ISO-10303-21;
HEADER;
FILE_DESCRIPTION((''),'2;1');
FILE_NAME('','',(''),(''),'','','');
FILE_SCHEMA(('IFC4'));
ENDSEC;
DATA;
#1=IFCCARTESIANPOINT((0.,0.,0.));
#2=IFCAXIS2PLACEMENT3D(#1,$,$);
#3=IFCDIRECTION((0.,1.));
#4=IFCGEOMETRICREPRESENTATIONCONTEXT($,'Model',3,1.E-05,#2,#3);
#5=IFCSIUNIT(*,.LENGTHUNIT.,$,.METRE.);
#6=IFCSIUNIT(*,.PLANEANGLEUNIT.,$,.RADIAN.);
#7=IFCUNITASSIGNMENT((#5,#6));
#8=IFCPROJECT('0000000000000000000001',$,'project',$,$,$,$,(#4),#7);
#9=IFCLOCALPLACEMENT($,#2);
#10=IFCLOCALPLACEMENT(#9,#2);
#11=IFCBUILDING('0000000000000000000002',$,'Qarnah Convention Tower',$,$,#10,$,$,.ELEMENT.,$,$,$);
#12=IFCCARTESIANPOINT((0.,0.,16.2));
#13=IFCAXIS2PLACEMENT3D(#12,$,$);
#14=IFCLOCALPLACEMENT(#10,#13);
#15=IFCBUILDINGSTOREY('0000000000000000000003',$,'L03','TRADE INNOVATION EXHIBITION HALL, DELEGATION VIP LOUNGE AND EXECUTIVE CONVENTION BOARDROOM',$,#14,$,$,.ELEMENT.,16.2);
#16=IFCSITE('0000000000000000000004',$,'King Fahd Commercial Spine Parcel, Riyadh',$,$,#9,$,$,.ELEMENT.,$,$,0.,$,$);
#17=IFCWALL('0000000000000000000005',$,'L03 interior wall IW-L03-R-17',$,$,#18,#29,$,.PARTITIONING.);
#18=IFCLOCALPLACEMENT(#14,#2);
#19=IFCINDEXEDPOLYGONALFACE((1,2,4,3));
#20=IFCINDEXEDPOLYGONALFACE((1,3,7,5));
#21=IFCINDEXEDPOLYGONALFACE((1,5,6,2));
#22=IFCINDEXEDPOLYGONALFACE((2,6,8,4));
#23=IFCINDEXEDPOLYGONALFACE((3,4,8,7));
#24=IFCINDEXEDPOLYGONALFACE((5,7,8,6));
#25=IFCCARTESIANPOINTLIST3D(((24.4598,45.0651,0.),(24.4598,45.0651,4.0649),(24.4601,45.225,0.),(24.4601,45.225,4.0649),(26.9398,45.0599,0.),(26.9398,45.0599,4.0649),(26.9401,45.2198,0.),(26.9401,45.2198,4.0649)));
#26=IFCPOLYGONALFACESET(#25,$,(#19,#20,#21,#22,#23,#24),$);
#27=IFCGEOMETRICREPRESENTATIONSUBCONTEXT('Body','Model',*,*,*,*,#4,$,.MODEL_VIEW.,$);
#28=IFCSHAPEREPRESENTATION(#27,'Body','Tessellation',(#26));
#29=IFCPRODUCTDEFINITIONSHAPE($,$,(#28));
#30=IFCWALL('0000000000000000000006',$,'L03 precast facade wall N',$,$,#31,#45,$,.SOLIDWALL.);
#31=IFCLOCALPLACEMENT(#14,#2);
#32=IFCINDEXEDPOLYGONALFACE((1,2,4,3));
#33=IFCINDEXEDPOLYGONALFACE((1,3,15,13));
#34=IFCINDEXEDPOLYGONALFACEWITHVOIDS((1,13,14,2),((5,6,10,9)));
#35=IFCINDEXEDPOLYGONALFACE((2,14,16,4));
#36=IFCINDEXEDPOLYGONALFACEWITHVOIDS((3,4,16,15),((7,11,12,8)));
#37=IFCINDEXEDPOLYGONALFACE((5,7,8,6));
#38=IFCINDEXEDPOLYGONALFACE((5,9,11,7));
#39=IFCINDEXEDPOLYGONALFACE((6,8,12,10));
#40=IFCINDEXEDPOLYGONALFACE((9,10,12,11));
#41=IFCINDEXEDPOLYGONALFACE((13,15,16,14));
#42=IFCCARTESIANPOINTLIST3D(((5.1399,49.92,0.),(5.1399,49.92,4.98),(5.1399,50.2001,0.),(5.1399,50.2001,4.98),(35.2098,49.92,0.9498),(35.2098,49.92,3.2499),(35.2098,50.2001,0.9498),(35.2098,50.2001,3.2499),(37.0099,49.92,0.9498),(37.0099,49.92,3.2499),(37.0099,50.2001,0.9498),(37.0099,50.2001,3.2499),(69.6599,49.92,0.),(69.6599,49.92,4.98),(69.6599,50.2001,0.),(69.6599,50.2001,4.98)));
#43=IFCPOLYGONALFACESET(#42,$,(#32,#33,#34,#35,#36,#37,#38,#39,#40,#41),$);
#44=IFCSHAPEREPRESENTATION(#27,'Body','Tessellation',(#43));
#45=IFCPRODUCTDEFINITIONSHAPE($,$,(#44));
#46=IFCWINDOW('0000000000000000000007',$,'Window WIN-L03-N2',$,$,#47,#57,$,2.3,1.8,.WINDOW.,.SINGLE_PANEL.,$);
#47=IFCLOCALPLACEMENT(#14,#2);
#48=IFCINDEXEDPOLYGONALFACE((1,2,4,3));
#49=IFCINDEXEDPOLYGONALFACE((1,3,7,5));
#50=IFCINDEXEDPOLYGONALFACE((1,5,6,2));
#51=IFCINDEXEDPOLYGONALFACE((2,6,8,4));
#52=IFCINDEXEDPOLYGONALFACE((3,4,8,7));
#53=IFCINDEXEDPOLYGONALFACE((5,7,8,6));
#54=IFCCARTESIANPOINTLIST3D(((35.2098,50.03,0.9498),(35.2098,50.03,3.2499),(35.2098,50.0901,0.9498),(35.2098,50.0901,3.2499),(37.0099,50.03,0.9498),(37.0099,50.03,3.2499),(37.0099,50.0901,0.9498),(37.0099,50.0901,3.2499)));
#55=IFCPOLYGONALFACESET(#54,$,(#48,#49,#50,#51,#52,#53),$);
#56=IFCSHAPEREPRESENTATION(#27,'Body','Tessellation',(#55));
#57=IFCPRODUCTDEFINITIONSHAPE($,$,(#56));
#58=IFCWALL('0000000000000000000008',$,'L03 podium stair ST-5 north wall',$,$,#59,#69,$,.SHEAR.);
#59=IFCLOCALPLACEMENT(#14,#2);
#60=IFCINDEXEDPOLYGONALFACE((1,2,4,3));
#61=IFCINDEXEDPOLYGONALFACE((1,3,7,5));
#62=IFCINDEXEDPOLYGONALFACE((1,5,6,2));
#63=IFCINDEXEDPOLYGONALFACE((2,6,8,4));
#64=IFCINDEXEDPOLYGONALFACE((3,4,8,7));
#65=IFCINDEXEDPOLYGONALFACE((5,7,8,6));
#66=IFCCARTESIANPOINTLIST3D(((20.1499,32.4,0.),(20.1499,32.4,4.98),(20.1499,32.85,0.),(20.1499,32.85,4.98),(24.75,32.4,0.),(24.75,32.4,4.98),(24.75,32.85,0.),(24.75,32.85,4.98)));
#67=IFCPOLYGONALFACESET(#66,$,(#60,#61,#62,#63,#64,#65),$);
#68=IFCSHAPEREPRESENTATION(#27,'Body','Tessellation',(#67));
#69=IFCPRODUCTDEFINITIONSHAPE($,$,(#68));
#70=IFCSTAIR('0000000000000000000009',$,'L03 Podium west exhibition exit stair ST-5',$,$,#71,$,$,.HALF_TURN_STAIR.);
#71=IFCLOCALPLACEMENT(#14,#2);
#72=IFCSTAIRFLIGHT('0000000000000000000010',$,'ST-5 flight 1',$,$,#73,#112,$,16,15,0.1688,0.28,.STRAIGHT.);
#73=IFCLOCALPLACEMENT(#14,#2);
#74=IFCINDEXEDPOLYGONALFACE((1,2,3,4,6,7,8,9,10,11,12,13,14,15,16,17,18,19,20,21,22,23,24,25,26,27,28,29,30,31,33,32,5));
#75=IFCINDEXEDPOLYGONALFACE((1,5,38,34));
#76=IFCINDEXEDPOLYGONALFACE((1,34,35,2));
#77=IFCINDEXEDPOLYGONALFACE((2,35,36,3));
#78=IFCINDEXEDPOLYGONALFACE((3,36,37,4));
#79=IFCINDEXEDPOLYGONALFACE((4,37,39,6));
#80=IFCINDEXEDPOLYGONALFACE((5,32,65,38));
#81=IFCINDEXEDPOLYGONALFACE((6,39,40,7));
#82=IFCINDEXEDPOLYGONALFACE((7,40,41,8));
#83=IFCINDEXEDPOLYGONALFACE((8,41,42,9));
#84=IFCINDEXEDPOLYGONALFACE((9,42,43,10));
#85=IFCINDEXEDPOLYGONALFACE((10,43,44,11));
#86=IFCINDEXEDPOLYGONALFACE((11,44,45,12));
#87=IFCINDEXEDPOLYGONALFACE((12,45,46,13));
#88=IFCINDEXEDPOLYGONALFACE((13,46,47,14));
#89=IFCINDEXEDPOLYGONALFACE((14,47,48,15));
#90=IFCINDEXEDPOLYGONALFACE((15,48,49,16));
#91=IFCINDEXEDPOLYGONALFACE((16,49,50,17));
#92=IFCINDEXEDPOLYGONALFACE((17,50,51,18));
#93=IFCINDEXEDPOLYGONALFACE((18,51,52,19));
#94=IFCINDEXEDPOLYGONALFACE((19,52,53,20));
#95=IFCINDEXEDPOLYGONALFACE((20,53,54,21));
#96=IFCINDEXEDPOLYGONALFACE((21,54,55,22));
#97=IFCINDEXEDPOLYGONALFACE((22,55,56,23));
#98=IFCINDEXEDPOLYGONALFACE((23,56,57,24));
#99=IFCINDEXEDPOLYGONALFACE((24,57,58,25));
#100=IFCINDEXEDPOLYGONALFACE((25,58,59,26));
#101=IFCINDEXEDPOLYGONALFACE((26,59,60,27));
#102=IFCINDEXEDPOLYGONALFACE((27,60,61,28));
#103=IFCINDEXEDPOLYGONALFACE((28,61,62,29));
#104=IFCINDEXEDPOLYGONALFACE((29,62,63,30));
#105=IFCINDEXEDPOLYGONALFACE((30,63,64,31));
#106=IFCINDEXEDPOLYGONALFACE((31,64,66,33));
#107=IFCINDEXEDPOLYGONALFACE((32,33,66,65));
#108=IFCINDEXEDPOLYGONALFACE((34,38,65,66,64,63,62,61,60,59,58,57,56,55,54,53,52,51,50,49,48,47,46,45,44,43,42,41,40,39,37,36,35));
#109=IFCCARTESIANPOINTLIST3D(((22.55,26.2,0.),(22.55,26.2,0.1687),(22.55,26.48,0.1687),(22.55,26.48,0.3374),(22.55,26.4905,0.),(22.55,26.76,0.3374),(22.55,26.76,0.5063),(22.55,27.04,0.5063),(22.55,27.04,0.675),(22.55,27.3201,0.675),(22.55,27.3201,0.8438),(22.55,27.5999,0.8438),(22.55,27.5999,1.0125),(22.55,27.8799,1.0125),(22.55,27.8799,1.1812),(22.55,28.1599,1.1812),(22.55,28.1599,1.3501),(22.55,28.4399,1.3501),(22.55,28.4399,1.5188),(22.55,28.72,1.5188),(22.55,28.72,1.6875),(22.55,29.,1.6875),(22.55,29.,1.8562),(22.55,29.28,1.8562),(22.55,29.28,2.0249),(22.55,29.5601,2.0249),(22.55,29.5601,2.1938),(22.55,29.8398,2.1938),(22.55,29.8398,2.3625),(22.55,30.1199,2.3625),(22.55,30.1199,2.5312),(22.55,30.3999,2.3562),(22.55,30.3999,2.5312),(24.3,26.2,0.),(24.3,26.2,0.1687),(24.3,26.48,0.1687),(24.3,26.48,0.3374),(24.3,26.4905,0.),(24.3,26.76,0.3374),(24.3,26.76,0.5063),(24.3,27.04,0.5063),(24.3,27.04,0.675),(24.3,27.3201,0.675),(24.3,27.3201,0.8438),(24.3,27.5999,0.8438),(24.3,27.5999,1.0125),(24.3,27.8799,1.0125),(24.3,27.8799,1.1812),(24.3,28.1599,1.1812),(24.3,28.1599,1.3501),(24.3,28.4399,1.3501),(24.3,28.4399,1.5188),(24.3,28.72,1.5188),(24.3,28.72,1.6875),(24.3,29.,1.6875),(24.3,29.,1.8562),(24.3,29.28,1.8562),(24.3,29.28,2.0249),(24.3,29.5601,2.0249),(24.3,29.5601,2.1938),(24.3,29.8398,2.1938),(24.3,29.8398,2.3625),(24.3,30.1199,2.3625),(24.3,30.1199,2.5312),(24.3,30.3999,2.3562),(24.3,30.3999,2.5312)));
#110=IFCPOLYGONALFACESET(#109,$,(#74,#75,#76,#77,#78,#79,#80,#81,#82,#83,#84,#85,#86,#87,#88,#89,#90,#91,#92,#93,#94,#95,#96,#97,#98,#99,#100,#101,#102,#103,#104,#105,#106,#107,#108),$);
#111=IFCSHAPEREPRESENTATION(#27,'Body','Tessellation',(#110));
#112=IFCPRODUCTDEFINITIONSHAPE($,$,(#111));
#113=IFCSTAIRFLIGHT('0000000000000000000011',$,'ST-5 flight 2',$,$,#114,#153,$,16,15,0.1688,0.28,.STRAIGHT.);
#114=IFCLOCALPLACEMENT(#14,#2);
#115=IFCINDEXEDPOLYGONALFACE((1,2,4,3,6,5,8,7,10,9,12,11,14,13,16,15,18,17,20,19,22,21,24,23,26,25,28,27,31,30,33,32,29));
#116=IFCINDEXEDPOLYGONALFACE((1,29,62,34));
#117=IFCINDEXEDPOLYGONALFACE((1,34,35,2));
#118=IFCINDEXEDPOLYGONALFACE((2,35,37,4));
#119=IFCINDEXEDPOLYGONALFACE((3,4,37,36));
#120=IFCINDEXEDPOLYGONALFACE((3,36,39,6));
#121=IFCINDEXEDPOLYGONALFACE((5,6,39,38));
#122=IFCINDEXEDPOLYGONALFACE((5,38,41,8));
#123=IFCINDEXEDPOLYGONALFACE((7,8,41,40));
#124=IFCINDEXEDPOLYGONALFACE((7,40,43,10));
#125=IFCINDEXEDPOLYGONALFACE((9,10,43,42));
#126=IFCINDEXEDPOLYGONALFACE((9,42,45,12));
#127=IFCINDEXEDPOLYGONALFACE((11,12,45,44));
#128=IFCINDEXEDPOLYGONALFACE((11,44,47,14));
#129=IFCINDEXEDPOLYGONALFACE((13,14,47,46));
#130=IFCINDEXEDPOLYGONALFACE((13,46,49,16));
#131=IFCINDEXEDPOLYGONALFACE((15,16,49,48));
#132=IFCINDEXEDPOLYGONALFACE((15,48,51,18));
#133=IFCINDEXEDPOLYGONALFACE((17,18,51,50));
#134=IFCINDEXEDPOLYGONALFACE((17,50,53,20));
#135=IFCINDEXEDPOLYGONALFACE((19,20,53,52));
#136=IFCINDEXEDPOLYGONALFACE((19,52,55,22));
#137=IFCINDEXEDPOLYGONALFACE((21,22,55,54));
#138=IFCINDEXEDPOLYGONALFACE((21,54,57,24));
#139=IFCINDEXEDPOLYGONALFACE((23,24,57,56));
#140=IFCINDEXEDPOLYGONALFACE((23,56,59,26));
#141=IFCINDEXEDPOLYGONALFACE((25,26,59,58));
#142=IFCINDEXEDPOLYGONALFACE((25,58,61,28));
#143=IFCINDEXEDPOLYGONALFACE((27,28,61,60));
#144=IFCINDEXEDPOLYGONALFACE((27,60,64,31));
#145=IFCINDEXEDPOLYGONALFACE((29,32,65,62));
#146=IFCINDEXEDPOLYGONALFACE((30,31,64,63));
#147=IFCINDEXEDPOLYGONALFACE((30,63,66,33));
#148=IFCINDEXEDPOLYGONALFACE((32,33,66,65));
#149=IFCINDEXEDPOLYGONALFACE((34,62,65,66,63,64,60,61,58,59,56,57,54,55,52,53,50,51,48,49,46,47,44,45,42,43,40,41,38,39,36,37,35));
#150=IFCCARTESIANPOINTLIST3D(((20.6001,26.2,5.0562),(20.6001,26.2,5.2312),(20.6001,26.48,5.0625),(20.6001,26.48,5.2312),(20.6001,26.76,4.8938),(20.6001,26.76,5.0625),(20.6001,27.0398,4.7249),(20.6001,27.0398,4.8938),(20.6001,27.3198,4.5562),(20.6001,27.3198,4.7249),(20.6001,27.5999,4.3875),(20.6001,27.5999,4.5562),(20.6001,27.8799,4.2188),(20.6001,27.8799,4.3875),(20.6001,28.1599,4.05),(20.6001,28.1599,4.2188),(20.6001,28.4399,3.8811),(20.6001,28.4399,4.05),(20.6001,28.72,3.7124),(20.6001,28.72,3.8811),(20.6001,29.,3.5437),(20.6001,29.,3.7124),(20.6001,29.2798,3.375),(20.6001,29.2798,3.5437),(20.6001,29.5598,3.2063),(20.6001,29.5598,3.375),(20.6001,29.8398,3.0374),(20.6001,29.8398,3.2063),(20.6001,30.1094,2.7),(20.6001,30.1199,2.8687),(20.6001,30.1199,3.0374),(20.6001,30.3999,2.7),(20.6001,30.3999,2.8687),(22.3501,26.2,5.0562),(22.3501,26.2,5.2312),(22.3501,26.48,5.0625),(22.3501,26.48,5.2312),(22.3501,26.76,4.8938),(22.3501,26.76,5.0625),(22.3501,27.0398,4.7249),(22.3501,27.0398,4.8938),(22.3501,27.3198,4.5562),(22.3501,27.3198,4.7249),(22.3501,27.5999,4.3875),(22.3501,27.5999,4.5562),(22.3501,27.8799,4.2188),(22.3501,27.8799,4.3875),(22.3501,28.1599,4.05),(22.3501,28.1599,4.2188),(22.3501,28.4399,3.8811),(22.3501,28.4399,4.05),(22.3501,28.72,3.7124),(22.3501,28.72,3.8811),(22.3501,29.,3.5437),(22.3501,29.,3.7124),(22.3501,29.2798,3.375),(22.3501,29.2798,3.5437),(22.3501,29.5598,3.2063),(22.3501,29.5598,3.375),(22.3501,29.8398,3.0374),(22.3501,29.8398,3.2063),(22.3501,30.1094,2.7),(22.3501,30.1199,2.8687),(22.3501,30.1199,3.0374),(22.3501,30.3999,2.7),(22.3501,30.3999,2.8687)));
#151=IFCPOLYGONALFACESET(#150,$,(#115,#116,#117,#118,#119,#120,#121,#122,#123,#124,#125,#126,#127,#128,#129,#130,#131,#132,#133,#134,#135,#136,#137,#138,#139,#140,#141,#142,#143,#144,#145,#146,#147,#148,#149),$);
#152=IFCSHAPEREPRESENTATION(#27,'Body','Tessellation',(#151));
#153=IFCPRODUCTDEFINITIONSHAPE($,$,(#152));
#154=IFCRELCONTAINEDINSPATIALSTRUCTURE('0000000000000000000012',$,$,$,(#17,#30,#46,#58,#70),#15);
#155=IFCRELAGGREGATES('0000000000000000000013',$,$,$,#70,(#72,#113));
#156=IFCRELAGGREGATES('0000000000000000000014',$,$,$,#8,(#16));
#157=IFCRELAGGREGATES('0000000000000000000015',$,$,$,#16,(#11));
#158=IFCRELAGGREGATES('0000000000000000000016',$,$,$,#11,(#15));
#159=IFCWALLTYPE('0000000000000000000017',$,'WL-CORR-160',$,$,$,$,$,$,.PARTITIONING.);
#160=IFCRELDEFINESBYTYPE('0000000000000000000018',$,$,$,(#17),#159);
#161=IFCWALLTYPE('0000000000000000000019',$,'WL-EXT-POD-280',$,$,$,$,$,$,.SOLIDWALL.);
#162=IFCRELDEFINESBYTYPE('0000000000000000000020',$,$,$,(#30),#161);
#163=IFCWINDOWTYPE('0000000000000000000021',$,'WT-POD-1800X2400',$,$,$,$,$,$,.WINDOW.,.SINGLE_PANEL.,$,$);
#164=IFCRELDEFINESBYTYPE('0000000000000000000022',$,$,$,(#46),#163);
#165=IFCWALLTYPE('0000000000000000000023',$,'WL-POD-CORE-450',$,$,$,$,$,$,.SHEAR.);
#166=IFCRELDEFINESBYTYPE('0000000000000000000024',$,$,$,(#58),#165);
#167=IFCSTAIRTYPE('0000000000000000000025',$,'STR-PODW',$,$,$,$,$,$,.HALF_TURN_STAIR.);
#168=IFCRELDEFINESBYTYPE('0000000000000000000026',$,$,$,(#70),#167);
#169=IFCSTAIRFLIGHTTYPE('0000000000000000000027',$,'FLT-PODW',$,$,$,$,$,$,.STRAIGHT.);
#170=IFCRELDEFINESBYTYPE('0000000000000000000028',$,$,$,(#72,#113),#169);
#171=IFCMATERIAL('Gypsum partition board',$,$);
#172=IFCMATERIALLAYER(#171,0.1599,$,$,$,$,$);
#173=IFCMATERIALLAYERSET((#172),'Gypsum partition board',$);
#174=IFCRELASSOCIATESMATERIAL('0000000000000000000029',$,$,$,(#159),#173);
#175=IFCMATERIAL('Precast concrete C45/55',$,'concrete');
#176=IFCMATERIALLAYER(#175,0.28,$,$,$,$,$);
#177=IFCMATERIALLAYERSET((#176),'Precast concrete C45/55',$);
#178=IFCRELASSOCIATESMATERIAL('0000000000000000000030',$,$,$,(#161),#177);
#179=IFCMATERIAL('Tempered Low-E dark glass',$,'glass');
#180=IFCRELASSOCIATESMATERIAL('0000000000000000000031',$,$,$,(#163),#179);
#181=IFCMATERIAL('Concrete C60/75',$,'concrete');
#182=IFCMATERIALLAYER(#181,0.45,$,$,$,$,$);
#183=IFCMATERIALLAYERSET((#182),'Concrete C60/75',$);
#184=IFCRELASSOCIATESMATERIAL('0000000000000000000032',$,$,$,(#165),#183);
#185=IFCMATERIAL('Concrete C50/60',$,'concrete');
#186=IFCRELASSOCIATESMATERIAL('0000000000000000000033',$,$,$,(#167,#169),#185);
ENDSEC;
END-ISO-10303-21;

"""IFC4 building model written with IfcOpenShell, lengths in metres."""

from ifc_helpers import new_model, si_unit, direction, frame, frame_2d, origin, place, context, subcontext, project, spatial, polyline, rectangle, outline, extrude, material, layer, layer_set, type_object, element, fill, aggregate, save


model = new_model("IFC4")

# Units and contexts
model_context = context("Model", 3, precision=1e-05, world=origin(), true_north=direction((0.0, 1.0)))
body_context = subcontext(model_context, "Body", "Model", "MODEL_VIEW")
ifc_project = project(units=[si_unit("LENGTHUNIT", "METRE"), si_unit("PLANEANGLEUNIT", "RADIAN")], contexts=[model_context])

# Site, building, storey
site_placement = place(None, origin())
site = spatial("IfcSite", under=ifc_project, at=site_placement, Name="King Fahd Commercial Spine Parcel, Riyadh", CompositionType="ELEMENT", RefElevation=0.0)
building_placement = place(site_placement, origin())
building = spatial("IfcBuilding", under=site, at=building_placement, Name="Qarnah Convention Tower", CompositionType="ELEMENT")
storey_placement = place(building_placement, frame((0.0, 0.0, 16.2)))
storey = spatial("IfcBuildingStorey", under=building, at=storey_placement, Name="L03", Description="TRADE INNOVATION EXHIBITION HALL, DELEGATION VIP LOUNGE AND EXECUTIVE CONVENTION BOARDROOM", CompositionType="ELEMENT", Elevation=16.2)

# Shared definitions
ifc_material_1 = material(Name="Concrete C60/75", Category="concrete")
ifc_material_2 = material(Name="Precast concrete C45/55", Category="concrete")

# Shared definitions
ifc_material_3 = material(Name="Gypsum partition board")
ifc_layer_1 = layer(ifc_material_3, 0.1599)
ifc_layer_set_1 = layer_set([ifc_layer_1], Name="Gypsum partition board")
wall_type_1 = type_object("IfcWallType", Name="WL-CORR-160", PredefinedType="PARTITIONING", material=ifc_layer_set_1)

# Wall
wall_1_placement = place(storey_placement, frame((24.46, 45.145, 0.0), z_axis=(0.0, 0.0, 1.0), x_axis=(0.999998, -0.002067, 0.0)))
element("IfcWall", 1, at=wall_1_placement, inside=storey, type_object=wall_type_1, Name="L03 interior wall IW-L03-R-17", PredefinedType="PARTITIONING", context=body_context, shape_type="SweptSolid", body=[
    extrude(rectangle(XDim=2.48, YDim=0.1599, at=frame_2d((1.24, 0.0))), origin(), (0.0, 0.0, 1.0), 4.0649),
])

# Wall, opening, window
ifc_layer_2 = layer(ifc_material_2, 0.28)
ifc_layer_set_2 = layer_set([ifc_layer_2], Name="Precast concrete C45/55")
wall_type_2 = type_object("IfcWallType", Name="WL-EXT-POD-280", PredefinedType="SOLIDWALL", material=ifc_layer_set_2)
wall_2_placement = place(storey_placement, frame((5.1399, 50.0601, 0.0), z_axis=(0.0, 0.0, 1.0), x_axis=(1.0, 0.0, 0.0)))
wall_2 = element("IfcWall", 2, at=wall_2_placement, inside=storey, type_object=wall_type_2, Name="L03 precast facade wall N", PredefinedType="SOLIDWALL", context=body_context, shape_type="SweptSolid", body=[
    extrude(rectangle(XDim=64.52, YDim=0.28, at=frame_2d((32.26, 0.0))), origin(), (0.0, 0.0, 1.0), 4.98),
])
opening_1_placement = place(wall_2_placement, frame((30.0701, 0.0, 0.95)))
opening_1 = element("IfcOpeningElement", 3, at=opening_1_placement, cuts=wall_2, PredefinedType="OPENING", context=body_context, shape_type="SweptSolid", body=[
    extrude(rectangle(XDim=1.8, YDim=2.3, at=frame_2d((0.8999, 1.1499))), frame((0.0, 0.1499, 0.0), z_axis=(0.0, -1.0, 0.0), x_axis=(1.0, 0.0, 0.0)), (0.0, 0.0, 1.0), 0.3),
])
ifc_material_4 = material(Name="Tempered Low-E dark glass", Category="glass")
window_type = type_object("IfcWindowType", Name="WT-POD-1800X2400", PartitioningType="SINGLE_PANEL", PredefinedType="WINDOW", material=ifc_material_4)
window_placement = place(opening_1_placement, origin())
window = element("IfcWindow", 4, at=window_placement, inside=storey, type_object=window_type, Name="Window WIN-L03-N2", OverallHeight=2.3, OverallWidth=1.8, PartitioningType="SINGLE_PANEL", PredefinedType="WINDOW", context=body_context, shape_type="SweptSolid", body=[
    extrude(rectangle(XDim=1.8, YDim=2.3, at=frame_2d((0.8999, 1.1499))), frame((0.0, 0.03, 0.0), z_axis=(0.0, -1.0, 0.0), x_axis=(1.0, 0.0, 0.0)), (0.0, 0.0, 1.0), 0.0601),
])
fill(opening_1, window)

# Wall
ifc_layer_3 = layer(ifc_material_1, 0.45)
ifc_layer_set_3 = layer_set([ifc_layer_3], Name="Concrete C60/75")
wall_type_3 = type_object("IfcWallType", Name="WL-POD-CORE-450", PredefinedType="SHEAR", material=ifc_layer_set_3)
wall_3_placement = place(storey_placement, frame((20.1499, 32.625, 0.0), z_axis=(0.0, 0.0, 1.0), x_axis=(1.0, 0.0, 0.0)))
element("IfcWall", 5, at=wall_3_placement, inside=storey, type_object=wall_type_3, Name="L03 podium stair ST-5 north wall", PredefinedType="SHEAR", context=body_context, shape_type="SweptSolid", body=[
    extrude(rectangle(XDim=4.6001, YDim=0.45, at=frame_2d((2.3, 0.0))), origin(), (0.0, 0.0, 1.0), 4.98),
])

# Stair, stair flights
ifc_material_5 = material(Name="Concrete C50/60", Category="concrete")
stair_type = type_object("IfcStairType", Name="STR-PODW", PredefinedType="HALF_TURN_STAIR", material=ifc_material_5)
stair_placement = place(storey_placement, origin())
stair = element("IfcStair", 6, at=stair_placement, inside=storey, type_object=stair_type, Name="L03 Podium west exhibition exit stair ST-5", PredefinedType="HALF_TURN_STAIR")
stair_flight_type = type_object("IfcStairFlightType", Name="FLT-PODW", PredefinedType="STRAIGHT", material=ifc_material_5)
stair_flight_1_placement = place(storey_placement, frame((23.425, 26.2, 0.0), z_axis=(0.0, 0.0, 1.0), x_axis=(0.0, 1.0, 0.0)))
stair_flight_1 = element("IfcStairFlight", 7, at=stair_flight_1_placement, type_object=stair_flight_type, Name="ST-5 flight 1", NumberOfRisers=16, NumberOfTreads=15, PredefinedType="STRAIGHT", RiserHeight=0.1688, TreadLength=0.28, context=body_context, shape_type="SweptSolid", body=[
    extrude(outline(polyline([(0.0, 0.0), (0.0, 0.1687), (0.28, 0.1687), (0.28, 0.3374), (0.5601, 0.3374), (0.5601, 0.5063), (0.8401, 0.5063), (0.8401, 0.675), (1.1201, 0.675), (1.1201, 0.8438), (1.3999, 0.8438), (1.3999, 1.0125), (1.6799, 1.0125), (1.6799, 1.1812), (1.96, 1.1812), (1.96, 1.3501), (2.24, 1.3501), (2.24, 1.5188), (2.52, 1.5188), (2.52, 1.6875), (2.8, 1.6875), (2.8, 1.8562), (3.0801, 1.8562), (3.0801, 2.0249), (3.3601, 2.0249), (3.3601, 2.1938), (3.6399, 2.1938), (3.6399, 2.3625), (3.9199, 2.3625), (3.9199, 2.5312), (4.2, 2.5312), (4.2, 2.7), (4.2, 2.3562), (0.2905, 0.0), (0.0, 0.0)])), frame((0.0, 0.875, 0.0), z_axis=(0.0, -1.0, 0.0), x_axis=(1.0, 0.0, 0.0)), (0.0, 0.0, 1.0), 1.75),
])
stair_flight_2_placement = place(storey_placement, frame((21.4751, 30.3999, 2.7), z_axis=(0.0, 0.0, 1.0), x_axis=(0.0, -1.0, 0.0)))
stair_flight_2 = element("IfcStairFlight", 8, at=stair_flight_2_placement, type_object=stair_flight_type, Name="ST-5 flight 2", NumberOfRisers=16, NumberOfTreads=15, PredefinedType="STRAIGHT", RiserHeight=0.1688, TreadLength=0.28, context=body_context, shape_type="SweptSolid", body=[
    extrude(outline(polyline([(0.0, 0.0), (0.0, 0.1687), (0.28, 0.1687), (0.28, 0.3374), (0.5601, 0.3374), (0.5601, 0.5063), (0.8401, 0.5063), (0.8401, 0.675), (1.1201, 0.675), (1.1201, 0.8438), (1.3999, 0.8438), (1.3999, 1.0125), (1.6799, 1.0125), (1.6799, 1.1812), (1.96, 1.1812), (1.96, 1.3501), (2.24, 1.3501), (2.24, 1.5188), (2.52, 1.5188), (2.52, 1.6875), (2.8, 1.6875), (2.8, 1.8562), (3.0801, 1.8562), (3.0801, 2.0249), (3.3601, 2.0249), (3.3601, 2.1938), (3.6399, 2.1938), (3.6399, 2.3625), (3.9199, 2.3625), (3.9199, 2.5312), (4.2, 2.5312), (4.2, 2.7), (4.2, 2.3562), (0.2905, 0.0), (0.0, 0.0)])), frame((0.0, 0.875, 0.0), z_axis=(0.0, -1.0, 0.0), x_axis=(1.0, 0.0, 0.0)), (0.0, 0.0, 1.0), 1.75),
])
aggregate(stair, [stair_flight_1, stair_flight_2])

save(model, "model.ifc")
